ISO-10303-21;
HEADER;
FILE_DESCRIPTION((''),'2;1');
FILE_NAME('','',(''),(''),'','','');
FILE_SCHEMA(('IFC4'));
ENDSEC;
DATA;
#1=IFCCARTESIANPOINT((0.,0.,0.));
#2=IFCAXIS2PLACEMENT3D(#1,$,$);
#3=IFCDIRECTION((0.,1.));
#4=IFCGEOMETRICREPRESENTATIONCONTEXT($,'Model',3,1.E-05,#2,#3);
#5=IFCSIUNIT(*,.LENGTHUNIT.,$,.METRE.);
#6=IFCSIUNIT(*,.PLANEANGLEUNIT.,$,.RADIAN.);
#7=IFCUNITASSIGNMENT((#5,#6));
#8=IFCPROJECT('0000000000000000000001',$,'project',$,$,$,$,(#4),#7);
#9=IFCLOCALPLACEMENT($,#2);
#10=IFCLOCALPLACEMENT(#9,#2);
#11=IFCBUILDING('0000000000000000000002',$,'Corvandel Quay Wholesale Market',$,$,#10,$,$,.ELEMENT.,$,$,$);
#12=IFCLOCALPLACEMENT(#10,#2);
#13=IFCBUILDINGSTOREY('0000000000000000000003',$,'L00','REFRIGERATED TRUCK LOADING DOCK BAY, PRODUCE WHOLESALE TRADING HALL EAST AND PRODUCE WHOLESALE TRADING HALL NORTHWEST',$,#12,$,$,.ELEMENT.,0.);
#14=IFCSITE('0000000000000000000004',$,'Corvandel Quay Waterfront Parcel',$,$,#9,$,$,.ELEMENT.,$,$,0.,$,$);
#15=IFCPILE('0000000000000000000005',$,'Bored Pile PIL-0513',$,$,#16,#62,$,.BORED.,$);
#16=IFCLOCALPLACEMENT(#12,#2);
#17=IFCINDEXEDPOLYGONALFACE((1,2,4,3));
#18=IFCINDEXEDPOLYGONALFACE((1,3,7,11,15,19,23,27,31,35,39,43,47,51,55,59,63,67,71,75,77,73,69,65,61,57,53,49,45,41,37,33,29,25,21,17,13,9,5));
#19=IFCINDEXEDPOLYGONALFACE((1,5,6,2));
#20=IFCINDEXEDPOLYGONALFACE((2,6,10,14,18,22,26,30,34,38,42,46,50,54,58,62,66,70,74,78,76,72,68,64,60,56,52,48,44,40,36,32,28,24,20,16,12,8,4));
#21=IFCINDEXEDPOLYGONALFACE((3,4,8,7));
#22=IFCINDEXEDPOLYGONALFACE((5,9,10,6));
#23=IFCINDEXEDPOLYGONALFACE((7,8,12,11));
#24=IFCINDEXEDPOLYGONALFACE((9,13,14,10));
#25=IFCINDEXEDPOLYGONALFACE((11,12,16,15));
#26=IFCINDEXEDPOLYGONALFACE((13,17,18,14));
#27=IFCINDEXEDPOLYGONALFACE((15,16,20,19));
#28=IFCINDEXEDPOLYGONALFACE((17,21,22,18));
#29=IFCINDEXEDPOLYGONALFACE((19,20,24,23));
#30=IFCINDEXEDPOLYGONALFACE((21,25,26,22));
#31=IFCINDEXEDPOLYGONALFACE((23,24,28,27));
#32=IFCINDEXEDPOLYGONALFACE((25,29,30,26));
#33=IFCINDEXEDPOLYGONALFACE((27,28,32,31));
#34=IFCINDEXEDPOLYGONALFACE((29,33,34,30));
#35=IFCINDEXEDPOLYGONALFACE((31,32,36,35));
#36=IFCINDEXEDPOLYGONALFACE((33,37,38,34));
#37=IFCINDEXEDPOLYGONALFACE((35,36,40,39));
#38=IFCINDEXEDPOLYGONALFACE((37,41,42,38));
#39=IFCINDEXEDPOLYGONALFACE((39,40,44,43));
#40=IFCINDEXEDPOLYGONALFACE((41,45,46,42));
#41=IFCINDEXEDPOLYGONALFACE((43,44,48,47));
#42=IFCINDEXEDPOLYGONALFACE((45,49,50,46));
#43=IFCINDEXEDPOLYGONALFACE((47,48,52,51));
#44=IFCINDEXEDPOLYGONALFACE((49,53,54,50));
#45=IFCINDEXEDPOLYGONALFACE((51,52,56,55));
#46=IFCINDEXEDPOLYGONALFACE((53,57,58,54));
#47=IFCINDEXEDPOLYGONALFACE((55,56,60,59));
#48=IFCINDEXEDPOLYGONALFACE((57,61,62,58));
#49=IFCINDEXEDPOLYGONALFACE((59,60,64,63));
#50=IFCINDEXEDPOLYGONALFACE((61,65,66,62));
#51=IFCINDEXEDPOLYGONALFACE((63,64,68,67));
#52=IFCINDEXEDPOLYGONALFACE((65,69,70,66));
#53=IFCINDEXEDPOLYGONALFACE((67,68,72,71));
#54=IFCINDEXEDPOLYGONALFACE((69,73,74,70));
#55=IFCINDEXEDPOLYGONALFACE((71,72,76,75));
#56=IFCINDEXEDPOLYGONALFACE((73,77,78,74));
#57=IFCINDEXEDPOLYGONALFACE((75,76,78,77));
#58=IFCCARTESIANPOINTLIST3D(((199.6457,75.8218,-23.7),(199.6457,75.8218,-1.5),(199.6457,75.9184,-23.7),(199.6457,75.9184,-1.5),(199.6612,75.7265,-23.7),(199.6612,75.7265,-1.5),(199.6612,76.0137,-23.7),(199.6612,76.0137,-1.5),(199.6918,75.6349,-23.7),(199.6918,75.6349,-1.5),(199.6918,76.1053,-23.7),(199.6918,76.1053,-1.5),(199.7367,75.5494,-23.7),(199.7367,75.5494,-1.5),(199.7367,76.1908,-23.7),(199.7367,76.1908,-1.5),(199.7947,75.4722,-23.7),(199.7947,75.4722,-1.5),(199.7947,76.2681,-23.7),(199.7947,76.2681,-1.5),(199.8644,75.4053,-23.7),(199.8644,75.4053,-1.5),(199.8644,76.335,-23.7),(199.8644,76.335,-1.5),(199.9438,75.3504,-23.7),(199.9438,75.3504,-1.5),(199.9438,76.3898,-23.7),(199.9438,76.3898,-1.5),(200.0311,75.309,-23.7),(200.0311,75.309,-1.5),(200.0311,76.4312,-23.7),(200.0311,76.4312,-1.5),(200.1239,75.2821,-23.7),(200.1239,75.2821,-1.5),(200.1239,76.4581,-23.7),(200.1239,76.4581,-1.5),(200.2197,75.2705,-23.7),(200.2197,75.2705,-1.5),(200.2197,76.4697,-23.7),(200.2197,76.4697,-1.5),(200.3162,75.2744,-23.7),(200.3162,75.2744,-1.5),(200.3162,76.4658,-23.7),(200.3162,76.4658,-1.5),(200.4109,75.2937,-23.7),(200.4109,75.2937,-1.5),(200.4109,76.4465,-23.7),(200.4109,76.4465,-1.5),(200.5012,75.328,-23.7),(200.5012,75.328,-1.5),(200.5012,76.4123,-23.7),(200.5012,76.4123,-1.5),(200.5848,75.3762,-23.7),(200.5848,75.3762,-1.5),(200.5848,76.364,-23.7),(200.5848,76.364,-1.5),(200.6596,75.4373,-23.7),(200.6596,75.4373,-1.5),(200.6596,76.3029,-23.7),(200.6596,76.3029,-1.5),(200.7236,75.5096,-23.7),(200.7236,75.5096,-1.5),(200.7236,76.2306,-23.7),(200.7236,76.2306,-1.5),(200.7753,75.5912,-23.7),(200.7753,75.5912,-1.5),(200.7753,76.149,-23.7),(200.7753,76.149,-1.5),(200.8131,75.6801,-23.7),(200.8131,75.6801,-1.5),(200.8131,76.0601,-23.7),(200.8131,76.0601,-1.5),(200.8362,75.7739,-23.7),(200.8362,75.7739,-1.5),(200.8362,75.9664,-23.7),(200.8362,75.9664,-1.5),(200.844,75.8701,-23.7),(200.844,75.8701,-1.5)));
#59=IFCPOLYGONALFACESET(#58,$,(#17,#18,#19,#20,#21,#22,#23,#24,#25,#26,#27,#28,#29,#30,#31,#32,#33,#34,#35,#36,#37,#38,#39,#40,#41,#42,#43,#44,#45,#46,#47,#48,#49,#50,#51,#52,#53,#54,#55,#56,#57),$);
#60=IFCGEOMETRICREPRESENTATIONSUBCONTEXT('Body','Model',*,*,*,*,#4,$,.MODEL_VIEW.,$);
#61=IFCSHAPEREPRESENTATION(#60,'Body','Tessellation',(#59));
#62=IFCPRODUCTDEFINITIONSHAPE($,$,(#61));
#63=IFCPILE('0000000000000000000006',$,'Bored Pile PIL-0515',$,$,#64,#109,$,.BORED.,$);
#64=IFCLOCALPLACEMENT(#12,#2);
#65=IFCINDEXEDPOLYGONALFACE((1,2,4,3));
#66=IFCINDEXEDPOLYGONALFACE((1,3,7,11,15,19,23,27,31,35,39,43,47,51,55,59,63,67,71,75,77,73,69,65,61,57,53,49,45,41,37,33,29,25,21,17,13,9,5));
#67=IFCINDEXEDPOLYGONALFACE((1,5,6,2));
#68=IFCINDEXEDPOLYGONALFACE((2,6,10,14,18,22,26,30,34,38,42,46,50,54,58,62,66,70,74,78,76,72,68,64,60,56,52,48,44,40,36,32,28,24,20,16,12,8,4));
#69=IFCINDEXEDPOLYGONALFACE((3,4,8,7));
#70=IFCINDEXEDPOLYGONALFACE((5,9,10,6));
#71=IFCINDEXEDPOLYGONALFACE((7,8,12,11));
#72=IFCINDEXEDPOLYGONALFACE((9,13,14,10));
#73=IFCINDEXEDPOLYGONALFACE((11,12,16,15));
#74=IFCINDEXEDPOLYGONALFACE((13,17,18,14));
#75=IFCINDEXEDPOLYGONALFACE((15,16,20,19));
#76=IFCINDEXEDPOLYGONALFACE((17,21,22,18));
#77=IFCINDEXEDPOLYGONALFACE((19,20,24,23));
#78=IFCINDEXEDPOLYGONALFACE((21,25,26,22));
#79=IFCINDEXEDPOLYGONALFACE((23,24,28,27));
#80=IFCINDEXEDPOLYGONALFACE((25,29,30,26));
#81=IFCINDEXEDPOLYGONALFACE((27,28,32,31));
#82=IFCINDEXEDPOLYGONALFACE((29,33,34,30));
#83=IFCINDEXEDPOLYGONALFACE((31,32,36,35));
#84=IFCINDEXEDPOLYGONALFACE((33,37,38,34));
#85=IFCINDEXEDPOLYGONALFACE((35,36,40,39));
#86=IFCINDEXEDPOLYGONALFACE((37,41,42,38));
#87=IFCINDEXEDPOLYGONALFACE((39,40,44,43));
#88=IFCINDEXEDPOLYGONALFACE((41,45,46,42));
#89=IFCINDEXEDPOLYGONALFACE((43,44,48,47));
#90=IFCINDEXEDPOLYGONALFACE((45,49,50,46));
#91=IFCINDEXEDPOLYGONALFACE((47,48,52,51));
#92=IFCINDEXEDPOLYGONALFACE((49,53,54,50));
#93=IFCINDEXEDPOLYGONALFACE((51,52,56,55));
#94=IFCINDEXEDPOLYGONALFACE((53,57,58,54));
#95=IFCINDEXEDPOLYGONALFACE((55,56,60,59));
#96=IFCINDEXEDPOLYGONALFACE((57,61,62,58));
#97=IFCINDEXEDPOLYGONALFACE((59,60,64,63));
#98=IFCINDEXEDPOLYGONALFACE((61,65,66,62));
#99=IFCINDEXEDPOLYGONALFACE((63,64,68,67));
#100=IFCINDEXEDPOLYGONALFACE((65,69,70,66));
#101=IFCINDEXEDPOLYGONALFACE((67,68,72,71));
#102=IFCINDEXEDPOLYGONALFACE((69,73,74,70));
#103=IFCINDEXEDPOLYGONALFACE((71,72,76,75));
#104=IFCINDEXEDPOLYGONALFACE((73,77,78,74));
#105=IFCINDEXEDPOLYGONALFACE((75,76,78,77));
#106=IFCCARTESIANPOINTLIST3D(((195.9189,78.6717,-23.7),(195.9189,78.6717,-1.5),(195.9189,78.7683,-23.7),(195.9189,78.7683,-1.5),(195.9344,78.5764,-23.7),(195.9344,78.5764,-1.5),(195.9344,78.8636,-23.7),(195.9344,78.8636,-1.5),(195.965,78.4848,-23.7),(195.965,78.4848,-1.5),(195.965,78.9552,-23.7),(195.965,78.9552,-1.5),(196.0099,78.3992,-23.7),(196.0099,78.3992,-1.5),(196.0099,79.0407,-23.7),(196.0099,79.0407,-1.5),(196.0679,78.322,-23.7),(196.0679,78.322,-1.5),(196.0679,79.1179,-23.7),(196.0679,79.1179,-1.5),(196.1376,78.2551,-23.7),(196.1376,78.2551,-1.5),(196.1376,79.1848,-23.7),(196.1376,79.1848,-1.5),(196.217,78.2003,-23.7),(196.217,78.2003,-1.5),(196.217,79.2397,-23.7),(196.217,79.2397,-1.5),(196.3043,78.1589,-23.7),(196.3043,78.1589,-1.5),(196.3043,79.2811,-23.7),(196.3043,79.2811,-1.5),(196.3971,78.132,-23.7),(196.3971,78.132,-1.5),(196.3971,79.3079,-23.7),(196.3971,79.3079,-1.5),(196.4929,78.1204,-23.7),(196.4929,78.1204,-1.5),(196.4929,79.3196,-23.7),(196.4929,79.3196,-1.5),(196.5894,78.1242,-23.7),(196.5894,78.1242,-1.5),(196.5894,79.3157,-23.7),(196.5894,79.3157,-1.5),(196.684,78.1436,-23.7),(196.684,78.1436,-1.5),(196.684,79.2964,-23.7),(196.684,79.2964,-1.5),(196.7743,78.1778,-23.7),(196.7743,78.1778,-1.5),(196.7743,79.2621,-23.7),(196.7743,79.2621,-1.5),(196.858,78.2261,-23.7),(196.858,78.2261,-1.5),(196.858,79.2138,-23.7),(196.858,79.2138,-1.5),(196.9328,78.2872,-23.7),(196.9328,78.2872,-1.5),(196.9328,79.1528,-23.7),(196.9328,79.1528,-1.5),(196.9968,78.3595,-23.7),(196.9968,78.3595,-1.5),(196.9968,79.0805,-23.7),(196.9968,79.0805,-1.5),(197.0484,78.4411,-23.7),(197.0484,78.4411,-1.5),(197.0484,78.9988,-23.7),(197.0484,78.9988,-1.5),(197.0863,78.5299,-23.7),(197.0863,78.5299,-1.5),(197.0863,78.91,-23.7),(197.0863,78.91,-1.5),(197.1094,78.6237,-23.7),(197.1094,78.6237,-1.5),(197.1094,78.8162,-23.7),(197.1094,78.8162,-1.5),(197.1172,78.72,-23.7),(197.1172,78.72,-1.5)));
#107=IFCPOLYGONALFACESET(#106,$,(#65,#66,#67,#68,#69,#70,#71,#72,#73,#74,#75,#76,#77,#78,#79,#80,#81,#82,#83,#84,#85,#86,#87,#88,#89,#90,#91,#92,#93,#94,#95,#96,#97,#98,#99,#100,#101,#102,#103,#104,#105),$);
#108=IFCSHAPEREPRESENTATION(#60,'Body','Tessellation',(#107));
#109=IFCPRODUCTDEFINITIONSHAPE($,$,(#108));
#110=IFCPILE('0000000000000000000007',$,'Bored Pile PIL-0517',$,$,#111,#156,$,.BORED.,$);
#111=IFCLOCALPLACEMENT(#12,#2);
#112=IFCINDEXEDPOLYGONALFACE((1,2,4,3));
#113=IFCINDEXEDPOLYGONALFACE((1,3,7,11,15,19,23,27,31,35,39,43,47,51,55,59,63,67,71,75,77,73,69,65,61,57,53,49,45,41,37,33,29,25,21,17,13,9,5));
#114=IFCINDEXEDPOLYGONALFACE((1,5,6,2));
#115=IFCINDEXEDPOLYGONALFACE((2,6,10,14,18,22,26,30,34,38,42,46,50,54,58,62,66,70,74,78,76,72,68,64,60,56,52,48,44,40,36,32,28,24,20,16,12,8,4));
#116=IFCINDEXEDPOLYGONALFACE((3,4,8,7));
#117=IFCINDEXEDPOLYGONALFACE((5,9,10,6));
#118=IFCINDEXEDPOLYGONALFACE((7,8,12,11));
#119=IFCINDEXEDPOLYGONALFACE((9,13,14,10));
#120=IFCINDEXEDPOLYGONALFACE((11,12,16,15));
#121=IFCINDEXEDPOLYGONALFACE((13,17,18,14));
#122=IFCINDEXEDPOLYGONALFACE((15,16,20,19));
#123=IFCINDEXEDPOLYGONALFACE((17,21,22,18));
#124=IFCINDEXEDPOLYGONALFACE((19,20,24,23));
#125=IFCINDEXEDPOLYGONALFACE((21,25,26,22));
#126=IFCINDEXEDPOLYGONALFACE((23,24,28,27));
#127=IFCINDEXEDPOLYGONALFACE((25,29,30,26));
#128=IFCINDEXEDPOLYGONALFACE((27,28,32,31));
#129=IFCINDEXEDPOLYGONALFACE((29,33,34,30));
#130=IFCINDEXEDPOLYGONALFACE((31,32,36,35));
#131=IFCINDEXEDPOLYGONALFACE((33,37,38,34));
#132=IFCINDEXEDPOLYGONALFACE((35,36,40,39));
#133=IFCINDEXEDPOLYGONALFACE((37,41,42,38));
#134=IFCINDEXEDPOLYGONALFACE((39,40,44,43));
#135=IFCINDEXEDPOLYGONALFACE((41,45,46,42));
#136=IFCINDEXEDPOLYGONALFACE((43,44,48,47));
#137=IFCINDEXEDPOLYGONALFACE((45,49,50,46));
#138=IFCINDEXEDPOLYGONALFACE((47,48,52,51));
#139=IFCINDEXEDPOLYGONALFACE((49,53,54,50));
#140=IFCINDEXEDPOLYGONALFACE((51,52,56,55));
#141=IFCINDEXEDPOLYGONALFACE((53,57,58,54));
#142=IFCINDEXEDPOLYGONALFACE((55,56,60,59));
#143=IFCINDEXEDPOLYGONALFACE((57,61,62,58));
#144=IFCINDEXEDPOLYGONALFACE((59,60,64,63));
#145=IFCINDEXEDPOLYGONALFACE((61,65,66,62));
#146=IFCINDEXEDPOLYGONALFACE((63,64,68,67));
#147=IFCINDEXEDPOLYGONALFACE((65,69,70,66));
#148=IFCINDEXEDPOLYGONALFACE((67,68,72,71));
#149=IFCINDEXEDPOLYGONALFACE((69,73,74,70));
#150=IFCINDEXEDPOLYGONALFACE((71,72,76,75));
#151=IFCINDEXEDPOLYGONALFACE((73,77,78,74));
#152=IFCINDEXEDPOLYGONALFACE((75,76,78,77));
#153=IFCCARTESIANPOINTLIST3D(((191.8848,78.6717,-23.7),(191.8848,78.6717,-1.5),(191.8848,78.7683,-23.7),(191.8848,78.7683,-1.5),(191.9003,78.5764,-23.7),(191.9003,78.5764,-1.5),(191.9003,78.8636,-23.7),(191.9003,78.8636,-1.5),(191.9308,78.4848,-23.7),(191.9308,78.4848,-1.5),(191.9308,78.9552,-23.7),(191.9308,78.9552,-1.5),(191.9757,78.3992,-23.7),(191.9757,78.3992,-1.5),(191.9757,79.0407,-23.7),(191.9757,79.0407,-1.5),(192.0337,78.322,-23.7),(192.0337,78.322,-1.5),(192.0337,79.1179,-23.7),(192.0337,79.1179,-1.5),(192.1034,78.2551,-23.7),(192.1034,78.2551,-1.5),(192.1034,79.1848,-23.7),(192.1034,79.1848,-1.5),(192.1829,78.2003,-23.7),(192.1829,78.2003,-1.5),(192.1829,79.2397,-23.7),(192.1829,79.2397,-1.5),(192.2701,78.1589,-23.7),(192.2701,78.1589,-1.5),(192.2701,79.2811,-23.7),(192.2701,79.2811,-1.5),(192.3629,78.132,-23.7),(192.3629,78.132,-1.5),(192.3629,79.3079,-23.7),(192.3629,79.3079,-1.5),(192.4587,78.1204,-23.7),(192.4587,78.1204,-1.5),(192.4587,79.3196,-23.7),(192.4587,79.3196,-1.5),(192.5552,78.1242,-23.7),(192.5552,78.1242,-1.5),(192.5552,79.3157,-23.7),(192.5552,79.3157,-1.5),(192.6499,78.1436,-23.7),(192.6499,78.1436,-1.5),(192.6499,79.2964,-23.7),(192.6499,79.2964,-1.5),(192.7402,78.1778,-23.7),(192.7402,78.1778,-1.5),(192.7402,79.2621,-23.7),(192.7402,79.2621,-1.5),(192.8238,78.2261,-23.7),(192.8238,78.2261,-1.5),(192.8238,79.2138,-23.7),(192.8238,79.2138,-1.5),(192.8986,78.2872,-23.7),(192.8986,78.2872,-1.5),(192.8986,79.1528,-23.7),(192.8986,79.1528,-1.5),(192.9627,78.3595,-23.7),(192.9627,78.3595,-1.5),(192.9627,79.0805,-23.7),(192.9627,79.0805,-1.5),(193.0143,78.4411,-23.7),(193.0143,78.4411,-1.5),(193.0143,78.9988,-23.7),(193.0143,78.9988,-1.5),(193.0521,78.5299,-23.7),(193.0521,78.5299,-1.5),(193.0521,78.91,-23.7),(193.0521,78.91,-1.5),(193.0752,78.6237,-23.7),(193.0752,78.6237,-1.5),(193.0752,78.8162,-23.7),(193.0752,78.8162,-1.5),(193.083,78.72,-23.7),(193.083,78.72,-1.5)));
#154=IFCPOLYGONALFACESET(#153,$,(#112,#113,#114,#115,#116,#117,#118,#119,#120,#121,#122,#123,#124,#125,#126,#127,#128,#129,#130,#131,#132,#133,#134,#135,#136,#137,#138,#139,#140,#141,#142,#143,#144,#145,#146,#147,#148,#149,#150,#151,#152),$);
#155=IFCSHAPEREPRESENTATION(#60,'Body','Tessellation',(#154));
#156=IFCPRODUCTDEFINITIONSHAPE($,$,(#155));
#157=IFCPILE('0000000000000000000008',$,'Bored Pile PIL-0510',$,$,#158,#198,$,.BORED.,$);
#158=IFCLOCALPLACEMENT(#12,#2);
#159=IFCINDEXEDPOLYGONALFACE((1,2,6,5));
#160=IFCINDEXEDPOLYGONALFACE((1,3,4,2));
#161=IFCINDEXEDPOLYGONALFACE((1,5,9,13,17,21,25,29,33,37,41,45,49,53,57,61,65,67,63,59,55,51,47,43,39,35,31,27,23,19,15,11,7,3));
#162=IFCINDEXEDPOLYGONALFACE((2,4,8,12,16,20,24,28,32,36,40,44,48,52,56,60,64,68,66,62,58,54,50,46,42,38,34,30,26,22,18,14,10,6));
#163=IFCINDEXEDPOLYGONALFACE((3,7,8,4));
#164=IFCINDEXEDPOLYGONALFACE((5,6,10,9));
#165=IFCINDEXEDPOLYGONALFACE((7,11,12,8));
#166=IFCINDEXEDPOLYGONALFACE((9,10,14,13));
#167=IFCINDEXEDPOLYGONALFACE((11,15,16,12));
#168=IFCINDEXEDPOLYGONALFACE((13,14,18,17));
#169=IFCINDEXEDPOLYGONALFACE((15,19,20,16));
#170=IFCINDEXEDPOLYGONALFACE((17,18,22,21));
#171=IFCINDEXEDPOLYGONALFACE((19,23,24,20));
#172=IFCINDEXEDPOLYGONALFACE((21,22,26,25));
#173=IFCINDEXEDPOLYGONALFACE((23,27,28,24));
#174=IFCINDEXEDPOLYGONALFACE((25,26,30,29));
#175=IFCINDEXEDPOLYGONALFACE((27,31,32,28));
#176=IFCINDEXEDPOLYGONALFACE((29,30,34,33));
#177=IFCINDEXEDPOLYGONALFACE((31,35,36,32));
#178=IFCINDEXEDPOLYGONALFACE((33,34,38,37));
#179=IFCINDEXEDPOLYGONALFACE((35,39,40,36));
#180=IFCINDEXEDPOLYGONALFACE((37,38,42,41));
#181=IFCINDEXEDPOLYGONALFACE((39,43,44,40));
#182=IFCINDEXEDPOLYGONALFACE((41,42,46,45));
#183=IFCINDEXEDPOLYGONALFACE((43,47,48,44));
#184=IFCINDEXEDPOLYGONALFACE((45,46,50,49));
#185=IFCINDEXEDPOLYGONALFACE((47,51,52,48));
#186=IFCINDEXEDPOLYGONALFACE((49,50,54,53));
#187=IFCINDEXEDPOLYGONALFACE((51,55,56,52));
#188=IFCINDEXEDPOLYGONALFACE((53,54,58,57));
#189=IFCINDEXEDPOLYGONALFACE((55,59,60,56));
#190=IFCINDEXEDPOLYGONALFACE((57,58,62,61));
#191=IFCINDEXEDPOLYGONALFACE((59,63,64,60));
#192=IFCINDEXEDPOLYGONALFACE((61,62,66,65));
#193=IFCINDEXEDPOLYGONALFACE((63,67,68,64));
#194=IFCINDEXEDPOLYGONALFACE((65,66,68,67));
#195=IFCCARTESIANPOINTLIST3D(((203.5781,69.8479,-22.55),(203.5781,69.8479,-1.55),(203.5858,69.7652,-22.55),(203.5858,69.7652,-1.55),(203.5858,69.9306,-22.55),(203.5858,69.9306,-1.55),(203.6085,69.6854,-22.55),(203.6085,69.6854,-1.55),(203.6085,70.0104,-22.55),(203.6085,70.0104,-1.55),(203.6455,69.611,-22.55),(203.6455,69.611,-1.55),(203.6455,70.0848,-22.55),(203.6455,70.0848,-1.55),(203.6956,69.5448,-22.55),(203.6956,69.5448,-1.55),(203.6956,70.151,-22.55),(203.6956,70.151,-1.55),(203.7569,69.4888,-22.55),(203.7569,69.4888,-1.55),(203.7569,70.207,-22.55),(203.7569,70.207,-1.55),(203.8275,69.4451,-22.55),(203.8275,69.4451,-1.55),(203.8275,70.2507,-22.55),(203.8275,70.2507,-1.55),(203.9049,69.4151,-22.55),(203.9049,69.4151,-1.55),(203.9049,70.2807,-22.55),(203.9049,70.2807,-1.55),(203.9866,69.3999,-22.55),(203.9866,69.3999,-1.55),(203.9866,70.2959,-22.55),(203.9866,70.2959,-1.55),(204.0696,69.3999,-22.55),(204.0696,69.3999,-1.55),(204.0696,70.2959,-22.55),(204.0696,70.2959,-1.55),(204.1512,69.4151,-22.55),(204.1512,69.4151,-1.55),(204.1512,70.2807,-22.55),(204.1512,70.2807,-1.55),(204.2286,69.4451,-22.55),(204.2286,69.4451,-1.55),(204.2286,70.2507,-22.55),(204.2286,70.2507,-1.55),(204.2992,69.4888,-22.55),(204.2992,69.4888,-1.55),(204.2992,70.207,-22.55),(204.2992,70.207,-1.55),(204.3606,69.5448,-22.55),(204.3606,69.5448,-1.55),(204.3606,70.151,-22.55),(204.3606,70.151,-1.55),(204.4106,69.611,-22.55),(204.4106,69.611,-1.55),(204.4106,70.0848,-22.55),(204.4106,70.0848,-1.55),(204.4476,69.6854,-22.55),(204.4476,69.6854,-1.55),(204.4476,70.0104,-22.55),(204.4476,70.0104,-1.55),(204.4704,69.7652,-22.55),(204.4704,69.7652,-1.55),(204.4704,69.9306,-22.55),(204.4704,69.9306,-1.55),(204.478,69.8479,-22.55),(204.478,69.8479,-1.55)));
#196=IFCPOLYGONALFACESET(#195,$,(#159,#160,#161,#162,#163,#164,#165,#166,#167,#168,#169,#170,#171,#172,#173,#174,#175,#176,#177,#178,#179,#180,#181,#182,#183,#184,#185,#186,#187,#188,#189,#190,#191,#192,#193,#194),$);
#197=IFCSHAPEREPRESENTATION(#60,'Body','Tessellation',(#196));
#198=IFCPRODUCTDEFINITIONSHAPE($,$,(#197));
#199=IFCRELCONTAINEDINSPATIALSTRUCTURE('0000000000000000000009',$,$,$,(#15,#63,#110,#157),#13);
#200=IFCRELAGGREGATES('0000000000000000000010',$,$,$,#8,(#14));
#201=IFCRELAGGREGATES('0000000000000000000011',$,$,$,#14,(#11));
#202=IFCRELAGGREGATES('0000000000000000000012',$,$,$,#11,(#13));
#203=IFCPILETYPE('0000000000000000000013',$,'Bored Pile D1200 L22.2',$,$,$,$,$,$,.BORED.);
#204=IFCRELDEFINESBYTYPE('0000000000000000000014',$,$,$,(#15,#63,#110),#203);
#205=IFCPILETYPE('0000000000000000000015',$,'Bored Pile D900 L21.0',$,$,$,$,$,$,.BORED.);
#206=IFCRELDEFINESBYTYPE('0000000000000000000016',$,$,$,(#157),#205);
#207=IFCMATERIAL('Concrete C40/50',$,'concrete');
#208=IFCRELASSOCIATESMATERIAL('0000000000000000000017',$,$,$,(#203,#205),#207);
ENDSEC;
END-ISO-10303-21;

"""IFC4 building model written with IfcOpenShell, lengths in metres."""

from ifc_helpers import new_model, si_unit, direction, frame, origin, origin_2d, place, context, subcontext, project, spatial, circle, extrude, material, material_profile, profile_set, type_object, element, save


model = new_model("IFC4")

# Units and contexts
model_context = context("Model", 3, precision=1e-05, world=origin(), true_north=direction((0.0, 1.0)))
body_context = subcontext(model_context, "Body", "Model", "MODEL_VIEW")
ifc_project = project(units=[si_unit("LENGTHUNIT", "METRE"), si_unit("PLANEANGLEUNIT", "RADIAN")], contexts=[model_context])

# Site, building, storey
site_placement = place(None, origin())
site = spatial("IfcSite", under=ifc_project, at=site_placement, Name="Corvandel Quay Waterfront Parcel", CompositionType="ELEMENT", RefElevation=0.0)
building_placement = place(site_placement, origin())
building = spatial("IfcBuilding", under=site, at=building_placement, Name="Corvandel Quay Wholesale Market", CompositionType="ELEMENT")
storey_placement = place(building_placement, origin())
storey = spatial("IfcBuildingStorey", under=building, at=storey_placement, Name="L00", Description="REFRIGERATED TRUCK LOADING DOCK BAY, PRODUCE WHOLESALE TRADING HALL EAST AND PRODUCE WHOLESALE TRADING HALL NORTHWEST", CompositionType="ELEMENT", Elevation=0.0)

# Piles
ifc_material_1 = material(Name="Concrete C40/50", Category="concrete")
ifc_material_profile_1 = material_profile(ifc_material_1, circle(Radius=0.6001, at=origin_2d()), Name="RC-PILE-D1200")
ifc_profile_set_1 = profile_set([ifc_material_profile_1], Name="Concrete C40/50")
pile_type_1 = type_object("IfcPileType", Name="Bored Pile D1200 L22.2", PredefinedType="BORED", material=ifc_profile_set_1)
for number, where, z_axis, x_axis, name in (
    (1, (200.2439, 75.8701, -1.5), (0.0, 0.0, -1.0), (1.0, 0.0, 0.0), "Bored Pile PIL-0513"),
    (2, (196.5171, 78.72, -1.5), (0.0, 0.0, -1.0), (1.0, 0.0, 0.0), "Bored Pile PIL-0515"),
    (3, (192.4829, 78.72, -1.5), (0.0, 0.0, -1.0), (1.0, 0.0, 0.0), "Bored Pile PIL-0517"),
):
    element("IfcPile", number, at=place(storey_placement, frame(where, z_axis=z_axis, x_axis=x_axis)), inside=storey, type_object=pile_type_1, Name=name, PredefinedType="BORED", context=body_context, shape_type="SweptSolid", body=[
        extrude(circle(Radius=0.6001, at=origin_2d()), origin(), (0.0, 0.0, 1.0), 22.2),
    ])
ifc_material_profile_2 = material_profile(ifc_material_1, circle(Radius=0.45, at=origin_2d()), Name="RC-PILE-D900")
ifc_profile_set_2 = profile_set([ifc_material_profile_2], Name="Concrete C40/50")
pile_type_2 = type_object("IfcPileType", Name="Bored Pile D900 L21.0", PredefinedType="BORED", material=ifc_profile_set_2)
for number, where, z_axis, x_axis, name in (
    (4, (204.0281, 69.8479, -1.55), (0.0, 0.0, -1.0), (1.0, 0.0, 0.0), "Bored Pile PIL-0510"),
):
    element("IfcPile", number, at=place(storey_placement, frame(where, z_axis=z_axis, x_axis=x_axis)), inside=storey, type_object=pile_type_2, Name=name, PredefinedType="BORED", context=body_context, shape_type="SweptSolid", body=[
        extrude(circle(Radius=0.45, at=origin_2d()), origin(), (0.0, 0.0, 1.0), 21.0),
    ])

save(model, "model.ifc")
